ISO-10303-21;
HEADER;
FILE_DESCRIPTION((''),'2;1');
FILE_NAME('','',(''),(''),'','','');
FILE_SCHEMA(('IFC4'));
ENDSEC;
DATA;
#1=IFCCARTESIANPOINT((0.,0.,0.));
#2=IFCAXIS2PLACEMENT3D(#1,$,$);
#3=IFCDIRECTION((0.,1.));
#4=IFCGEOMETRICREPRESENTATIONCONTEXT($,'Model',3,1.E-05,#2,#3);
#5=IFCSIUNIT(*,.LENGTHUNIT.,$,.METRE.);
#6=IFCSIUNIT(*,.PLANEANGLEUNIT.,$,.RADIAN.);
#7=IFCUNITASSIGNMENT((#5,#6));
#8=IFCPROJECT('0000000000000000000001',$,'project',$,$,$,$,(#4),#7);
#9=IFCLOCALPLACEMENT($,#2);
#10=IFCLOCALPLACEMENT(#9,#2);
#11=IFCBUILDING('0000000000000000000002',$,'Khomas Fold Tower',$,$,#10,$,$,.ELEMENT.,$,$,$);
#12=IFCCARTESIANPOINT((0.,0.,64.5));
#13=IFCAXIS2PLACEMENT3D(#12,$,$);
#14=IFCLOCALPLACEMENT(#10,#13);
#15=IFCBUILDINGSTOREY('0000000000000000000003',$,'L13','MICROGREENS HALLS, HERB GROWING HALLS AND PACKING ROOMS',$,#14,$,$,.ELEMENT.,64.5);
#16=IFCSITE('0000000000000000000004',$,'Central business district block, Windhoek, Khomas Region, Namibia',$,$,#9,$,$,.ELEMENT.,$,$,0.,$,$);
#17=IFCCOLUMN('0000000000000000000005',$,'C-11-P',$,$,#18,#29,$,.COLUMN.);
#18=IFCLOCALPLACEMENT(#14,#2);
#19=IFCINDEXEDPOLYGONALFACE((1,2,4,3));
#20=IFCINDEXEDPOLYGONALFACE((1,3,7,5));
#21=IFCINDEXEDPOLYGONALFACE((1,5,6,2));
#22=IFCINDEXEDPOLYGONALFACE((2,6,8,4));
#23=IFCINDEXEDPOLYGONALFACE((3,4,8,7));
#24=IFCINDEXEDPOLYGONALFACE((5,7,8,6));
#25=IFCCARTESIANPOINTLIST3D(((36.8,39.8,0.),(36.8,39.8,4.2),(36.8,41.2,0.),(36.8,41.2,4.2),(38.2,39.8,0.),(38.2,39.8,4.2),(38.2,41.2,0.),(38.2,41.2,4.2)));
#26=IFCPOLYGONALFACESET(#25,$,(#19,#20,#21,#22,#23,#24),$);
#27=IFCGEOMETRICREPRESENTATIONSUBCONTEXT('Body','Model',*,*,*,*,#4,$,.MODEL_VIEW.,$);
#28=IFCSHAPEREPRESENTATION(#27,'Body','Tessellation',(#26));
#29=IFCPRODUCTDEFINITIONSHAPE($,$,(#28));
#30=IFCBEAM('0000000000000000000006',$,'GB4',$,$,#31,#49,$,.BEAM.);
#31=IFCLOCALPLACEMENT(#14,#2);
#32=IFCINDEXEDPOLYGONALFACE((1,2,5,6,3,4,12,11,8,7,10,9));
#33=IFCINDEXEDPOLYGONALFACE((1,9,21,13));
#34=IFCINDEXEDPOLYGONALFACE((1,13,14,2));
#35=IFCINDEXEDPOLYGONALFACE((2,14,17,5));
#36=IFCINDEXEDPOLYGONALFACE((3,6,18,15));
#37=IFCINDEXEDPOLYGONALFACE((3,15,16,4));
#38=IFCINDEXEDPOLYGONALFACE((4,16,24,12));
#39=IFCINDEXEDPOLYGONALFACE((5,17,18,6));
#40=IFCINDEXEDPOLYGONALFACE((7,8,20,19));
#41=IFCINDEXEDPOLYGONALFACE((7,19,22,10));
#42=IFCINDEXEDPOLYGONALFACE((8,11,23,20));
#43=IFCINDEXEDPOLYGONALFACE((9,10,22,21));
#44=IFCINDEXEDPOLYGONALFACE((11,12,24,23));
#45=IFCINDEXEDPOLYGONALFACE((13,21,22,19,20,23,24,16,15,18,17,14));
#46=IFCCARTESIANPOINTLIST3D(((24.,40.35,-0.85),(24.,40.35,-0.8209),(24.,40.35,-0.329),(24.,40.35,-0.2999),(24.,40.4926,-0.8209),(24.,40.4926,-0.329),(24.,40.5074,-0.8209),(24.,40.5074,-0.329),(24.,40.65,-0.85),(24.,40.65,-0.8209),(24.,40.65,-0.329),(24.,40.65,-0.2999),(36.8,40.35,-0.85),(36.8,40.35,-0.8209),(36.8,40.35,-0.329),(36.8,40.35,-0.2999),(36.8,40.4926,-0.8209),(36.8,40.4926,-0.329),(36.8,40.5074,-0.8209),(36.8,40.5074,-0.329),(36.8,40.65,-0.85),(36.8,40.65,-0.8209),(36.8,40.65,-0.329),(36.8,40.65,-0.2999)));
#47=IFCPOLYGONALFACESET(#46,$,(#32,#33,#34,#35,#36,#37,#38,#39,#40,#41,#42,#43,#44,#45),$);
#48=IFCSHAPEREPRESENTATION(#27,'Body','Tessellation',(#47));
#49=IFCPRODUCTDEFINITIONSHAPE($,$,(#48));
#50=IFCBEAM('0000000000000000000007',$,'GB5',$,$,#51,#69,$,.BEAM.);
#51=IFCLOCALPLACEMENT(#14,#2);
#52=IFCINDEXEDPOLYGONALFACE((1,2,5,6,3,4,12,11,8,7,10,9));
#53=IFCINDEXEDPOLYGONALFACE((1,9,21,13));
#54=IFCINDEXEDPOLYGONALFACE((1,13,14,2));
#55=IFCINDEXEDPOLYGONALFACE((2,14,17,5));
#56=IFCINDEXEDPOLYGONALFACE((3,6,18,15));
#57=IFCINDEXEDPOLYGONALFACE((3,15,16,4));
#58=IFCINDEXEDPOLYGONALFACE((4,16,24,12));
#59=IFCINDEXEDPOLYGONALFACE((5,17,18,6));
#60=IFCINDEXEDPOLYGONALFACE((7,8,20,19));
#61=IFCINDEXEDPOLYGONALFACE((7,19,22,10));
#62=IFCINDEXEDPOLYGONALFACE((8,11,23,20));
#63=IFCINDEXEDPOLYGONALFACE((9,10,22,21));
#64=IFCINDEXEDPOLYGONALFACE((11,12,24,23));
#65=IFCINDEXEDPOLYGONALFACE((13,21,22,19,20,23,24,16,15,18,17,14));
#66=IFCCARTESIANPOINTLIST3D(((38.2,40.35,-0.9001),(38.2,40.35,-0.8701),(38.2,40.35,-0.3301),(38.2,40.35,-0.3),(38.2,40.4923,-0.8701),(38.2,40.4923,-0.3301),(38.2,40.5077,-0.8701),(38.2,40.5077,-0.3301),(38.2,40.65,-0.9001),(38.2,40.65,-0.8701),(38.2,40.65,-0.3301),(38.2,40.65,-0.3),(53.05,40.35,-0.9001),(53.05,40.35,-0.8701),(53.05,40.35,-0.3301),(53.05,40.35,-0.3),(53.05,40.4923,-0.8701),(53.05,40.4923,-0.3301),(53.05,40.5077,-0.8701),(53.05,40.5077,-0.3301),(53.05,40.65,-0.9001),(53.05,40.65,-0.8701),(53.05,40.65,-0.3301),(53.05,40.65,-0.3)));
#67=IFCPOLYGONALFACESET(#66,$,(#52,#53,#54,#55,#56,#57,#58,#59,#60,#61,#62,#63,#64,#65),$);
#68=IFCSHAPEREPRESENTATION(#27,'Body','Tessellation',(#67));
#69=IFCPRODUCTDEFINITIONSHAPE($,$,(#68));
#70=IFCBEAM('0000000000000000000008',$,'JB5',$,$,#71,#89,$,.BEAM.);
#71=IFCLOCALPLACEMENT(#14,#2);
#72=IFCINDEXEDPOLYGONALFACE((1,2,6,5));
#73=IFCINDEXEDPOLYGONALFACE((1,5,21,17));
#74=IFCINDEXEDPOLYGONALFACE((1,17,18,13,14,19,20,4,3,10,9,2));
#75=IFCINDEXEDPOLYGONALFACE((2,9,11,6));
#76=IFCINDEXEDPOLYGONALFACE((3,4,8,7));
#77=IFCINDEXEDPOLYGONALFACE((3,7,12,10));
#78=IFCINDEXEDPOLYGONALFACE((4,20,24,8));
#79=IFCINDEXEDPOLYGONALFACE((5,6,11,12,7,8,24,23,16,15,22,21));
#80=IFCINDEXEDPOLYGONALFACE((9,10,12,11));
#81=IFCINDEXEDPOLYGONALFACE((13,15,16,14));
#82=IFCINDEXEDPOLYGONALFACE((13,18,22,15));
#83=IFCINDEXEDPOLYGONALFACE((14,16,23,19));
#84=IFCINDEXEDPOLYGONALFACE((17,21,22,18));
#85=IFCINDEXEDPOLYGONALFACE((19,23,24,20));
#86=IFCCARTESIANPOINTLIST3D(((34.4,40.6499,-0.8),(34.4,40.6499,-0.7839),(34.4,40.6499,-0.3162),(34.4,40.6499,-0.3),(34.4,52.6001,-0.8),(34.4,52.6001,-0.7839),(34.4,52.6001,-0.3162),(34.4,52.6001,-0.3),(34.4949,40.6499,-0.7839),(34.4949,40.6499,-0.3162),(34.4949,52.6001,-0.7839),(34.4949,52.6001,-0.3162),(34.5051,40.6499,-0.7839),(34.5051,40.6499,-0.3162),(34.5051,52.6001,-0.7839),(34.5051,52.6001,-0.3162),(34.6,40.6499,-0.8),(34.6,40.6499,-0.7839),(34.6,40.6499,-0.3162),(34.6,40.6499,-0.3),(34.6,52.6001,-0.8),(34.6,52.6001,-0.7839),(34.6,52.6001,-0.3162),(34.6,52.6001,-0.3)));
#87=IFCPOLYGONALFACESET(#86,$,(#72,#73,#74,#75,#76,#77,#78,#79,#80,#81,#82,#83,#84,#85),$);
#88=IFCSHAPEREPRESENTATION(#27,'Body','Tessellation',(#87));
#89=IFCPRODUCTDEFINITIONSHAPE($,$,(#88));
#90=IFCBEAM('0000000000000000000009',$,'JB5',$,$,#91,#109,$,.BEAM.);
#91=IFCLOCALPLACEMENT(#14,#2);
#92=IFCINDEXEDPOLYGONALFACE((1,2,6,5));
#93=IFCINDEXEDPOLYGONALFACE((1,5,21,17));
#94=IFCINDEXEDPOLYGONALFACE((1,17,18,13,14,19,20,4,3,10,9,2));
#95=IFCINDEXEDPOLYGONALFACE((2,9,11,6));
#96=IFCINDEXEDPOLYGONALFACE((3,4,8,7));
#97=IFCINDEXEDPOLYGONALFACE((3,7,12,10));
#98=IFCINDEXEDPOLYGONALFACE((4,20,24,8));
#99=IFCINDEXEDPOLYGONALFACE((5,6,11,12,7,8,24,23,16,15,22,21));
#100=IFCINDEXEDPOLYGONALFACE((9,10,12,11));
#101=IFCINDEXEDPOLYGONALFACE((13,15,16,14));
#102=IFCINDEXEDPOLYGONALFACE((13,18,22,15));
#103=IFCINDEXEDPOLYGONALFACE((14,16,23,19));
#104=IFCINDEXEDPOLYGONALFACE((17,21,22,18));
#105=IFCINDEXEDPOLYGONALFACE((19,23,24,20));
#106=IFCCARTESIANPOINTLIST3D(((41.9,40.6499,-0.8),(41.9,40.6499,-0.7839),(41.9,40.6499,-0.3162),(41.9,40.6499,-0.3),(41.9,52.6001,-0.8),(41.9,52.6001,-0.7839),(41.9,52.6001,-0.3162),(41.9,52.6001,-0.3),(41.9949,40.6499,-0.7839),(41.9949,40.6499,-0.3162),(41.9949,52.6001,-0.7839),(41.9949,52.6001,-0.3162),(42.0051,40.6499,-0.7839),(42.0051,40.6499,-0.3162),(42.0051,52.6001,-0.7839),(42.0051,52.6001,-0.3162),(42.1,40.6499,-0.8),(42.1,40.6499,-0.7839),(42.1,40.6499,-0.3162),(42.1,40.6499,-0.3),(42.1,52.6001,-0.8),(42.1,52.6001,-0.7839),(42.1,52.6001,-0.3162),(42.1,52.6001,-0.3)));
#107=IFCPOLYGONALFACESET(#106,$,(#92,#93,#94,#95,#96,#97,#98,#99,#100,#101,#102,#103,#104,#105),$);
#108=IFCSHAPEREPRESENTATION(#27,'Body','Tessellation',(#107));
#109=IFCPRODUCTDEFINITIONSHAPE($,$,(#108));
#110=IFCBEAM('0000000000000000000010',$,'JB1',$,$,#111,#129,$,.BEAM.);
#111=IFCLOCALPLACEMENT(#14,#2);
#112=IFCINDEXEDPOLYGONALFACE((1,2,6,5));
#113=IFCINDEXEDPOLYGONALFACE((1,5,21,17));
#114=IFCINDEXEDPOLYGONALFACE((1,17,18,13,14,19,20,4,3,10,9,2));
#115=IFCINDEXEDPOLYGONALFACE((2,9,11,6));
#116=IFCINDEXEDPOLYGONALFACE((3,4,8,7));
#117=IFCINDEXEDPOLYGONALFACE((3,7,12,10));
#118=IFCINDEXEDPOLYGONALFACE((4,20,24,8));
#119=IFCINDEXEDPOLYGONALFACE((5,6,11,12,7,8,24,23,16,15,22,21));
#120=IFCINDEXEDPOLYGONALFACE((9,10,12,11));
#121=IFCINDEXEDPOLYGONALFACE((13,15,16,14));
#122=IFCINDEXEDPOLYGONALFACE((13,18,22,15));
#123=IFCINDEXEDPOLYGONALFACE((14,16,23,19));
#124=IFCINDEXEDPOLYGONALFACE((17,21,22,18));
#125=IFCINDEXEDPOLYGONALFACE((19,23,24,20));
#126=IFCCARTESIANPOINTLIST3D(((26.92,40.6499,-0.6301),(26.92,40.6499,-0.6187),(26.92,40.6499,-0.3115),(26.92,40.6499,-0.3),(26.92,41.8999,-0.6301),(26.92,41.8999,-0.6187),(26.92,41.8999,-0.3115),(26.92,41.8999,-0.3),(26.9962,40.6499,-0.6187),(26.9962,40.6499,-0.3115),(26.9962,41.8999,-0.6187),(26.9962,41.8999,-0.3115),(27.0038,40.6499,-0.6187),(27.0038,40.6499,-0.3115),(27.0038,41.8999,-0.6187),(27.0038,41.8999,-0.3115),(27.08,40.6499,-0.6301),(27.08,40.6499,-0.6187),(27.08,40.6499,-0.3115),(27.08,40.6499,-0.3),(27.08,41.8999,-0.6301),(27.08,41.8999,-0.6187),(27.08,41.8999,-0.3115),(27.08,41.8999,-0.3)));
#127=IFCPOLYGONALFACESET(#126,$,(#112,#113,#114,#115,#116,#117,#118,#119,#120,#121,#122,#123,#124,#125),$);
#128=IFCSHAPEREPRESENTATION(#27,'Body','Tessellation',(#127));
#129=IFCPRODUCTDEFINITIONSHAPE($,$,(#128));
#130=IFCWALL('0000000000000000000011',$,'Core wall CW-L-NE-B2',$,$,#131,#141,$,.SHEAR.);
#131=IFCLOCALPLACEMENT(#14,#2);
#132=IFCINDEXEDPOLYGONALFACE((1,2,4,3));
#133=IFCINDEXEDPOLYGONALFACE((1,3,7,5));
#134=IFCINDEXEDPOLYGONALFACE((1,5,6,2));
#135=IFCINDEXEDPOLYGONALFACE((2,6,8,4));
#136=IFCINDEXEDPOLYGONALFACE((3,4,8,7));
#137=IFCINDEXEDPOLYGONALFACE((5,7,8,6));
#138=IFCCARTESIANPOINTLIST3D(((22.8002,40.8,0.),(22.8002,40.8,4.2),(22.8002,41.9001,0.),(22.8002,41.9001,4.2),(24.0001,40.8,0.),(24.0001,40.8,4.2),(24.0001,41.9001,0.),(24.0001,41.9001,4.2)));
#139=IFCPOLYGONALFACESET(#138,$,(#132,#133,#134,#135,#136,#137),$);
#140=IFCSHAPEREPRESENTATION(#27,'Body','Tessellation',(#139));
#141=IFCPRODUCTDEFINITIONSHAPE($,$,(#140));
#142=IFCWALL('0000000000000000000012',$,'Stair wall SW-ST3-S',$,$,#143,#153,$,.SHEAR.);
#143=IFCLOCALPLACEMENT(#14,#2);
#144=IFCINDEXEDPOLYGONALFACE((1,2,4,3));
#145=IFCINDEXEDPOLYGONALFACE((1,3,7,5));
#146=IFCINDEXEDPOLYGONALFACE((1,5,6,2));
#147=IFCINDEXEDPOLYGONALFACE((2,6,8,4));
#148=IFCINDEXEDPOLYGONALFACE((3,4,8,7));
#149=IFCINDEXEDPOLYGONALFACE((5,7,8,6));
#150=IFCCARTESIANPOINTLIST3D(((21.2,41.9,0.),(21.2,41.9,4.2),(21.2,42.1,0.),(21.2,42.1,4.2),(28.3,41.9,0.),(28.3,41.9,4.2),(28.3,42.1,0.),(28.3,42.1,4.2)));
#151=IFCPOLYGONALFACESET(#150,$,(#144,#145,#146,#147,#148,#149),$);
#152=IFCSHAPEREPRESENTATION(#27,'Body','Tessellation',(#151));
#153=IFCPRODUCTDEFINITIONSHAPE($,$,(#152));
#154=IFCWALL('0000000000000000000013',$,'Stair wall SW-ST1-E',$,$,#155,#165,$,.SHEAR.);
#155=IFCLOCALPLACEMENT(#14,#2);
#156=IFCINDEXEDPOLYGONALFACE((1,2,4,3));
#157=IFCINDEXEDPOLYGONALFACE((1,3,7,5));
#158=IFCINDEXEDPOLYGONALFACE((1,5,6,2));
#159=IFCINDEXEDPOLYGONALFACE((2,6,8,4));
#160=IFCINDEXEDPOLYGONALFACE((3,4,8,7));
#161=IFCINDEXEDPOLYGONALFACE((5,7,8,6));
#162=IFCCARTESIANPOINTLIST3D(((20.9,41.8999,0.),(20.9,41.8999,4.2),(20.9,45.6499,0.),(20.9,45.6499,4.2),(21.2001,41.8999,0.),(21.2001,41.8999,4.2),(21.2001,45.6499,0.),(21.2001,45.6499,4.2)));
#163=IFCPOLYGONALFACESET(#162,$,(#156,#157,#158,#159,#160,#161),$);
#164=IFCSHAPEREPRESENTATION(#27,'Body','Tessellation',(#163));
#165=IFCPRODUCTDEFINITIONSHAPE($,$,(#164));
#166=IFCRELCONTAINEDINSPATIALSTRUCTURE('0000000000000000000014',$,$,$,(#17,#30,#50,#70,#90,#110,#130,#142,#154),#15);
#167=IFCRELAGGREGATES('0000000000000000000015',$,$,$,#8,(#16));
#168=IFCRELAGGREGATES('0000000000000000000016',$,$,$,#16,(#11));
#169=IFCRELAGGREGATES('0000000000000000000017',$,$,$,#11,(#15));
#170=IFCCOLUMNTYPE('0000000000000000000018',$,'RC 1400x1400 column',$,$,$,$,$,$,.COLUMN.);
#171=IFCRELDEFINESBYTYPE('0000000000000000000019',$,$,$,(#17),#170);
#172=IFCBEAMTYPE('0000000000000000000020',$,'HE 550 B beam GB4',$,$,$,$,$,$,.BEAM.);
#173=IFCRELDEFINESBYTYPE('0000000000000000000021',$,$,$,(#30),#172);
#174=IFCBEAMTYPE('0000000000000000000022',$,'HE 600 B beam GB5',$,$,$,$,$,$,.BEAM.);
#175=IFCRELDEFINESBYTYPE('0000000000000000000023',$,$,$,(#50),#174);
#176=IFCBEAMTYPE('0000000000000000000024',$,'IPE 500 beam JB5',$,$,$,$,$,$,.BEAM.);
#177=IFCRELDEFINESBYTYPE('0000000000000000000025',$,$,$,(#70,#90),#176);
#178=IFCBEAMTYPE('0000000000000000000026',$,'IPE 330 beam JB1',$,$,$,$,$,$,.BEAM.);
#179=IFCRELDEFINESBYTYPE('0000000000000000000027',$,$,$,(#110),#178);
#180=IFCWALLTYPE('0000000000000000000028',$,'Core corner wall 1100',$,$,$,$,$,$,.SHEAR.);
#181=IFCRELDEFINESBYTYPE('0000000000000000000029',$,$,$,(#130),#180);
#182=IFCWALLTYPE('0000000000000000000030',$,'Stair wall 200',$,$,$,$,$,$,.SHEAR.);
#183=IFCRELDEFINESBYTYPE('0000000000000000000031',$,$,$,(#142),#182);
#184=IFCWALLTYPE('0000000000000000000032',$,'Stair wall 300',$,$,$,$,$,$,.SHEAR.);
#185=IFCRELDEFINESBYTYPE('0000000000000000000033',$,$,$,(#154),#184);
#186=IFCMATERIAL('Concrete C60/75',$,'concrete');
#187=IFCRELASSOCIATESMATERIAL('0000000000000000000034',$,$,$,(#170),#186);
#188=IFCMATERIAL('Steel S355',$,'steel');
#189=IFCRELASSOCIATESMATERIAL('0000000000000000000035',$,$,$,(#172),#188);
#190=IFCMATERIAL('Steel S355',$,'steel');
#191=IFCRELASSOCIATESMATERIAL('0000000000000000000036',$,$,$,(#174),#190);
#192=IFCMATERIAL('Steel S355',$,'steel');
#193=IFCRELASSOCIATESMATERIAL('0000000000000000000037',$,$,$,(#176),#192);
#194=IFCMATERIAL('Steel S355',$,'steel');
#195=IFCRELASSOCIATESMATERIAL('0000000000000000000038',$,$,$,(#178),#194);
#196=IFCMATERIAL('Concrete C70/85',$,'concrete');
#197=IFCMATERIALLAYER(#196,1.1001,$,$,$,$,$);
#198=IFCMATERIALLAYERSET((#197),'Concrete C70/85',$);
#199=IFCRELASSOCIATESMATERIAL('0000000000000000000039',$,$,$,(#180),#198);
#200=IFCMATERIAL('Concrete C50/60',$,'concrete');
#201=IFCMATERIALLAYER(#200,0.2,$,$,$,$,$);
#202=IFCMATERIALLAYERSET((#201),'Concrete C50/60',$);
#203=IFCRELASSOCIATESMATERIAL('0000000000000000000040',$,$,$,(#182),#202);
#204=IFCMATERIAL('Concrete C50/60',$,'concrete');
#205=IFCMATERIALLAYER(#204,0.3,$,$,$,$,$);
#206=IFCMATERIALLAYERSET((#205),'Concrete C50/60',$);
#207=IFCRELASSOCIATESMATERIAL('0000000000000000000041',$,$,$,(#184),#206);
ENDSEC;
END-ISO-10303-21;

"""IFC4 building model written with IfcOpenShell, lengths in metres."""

from ifc_helpers import new_model, si_unit, direction, frame, frame_2d, origin, origin_2d, place, context, subcontext, project, spatial, rectangle, i_section, extrude, source, transform, mapped, material, layer, layer_set, material_profile, profile_set, type_object, element, save


model = new_model("IFC4")

# Units and contexts
model_context = context("Model", 3, precision=1e-05, world=origin(), true_north=direction((0.0, 1.0)))
body_context = subcontext(model_context, "Body", "Model", "MODEL_VIEW")
ifc_project = project(units=[si_unit("LENGTHUNIT", "METRE"), si_unit("PLANEANGLEUNIT", "RADIAN")], contexts=[model_context])

# Site, building, storey
site_placement = place(None, origin())
site = spatial("IfcSite", under=ifc_project, at=site_placement, Name="Central business district block, Windhoek, Khomas Region, Namibia", CompositionType="ELEMENT", RefElevation=0.0)
building_placement = place(site_placement, origin())
building = spatial("IfcBuilding", under=site, at=building_placement, Name="Khomas Fold Tower", CompositionType="ELEMENT")
storey_placement = place(building_placement, frame((0.0, 0.0, 64.5)))
storey = spatial("IfcBuildingStorey", under=building, at=storey_placement, Name="L13", Description="MICROGREENS HALLS, HERB GROWING HALLS AND PACKING ROOMS", CompositionType="ELEMENT", Elevation=64.5)

# Column
ifc_material_1 = material(Name="Concrete C60/75", Category="concrete")
ifc_material_profile_1 = material_profile(ifc_material_1, rectangle(XDim=1.3999, YDim=1.3999, at=origin_2d()), Name="RC 1400x1400")
ifc_profile_set_1 = profile_set([ifc_material_profile_1], Name="Concrete C60/75")
column_type = type_object("IfcColumnType", Name="RC 1400x1400 column", PredefinedType="COLUMN", material=ifc_profile_set_1)
shared_shape_1 = source(origin(), body_context, "Body", "SweptSolid", [
    extrude(rectangle(XDim=1.3999, YDim=1.3999, at=origin_2d()), origin(), (0.0, 0.0, 1.0), 4.2),
])
column_placement = place(storey_placement, frame((37.5, 40.5, 0.0), z_axis=(0.0, 0.0, 1.0), x_axis=(1.0, 0.0, 0.0)))
element("IfcColumn", 1, at=column_placement, inside=storey, type_object=column_type, Name="C-11-P", PredefinedType="COLUMN", context=body_context, shape_type="MappedRepresentation", body=[
    mapped(shared_shape_1, transform((0.0, 0.0, 0.0))),
])

# Beams
ifc_material_2 = material(Name="Steel S355", Category="steel")
ifc_material_profile_2 = material_profile(ifc_material_2, i_section(OverallWidth=0.3, OverallDepth=0.55, WebThickness=0.0149, FlangeThickness=0.0291, at=origin_2d()), Name="HE 550 B")
ifc_profile_set_2 = profile_set([ifc_material_profile_2], Name="Steel S355")
beam_type_1 = type_object("IfcBeamType", Name="HE 550 B beam GB4", PredefinedType="BEAM", material=ifc_profile_set_2)
shared_shape_2 = source(origin(), body_context, "Body", "SweptSolid", [
    extrude(i_section(OverallWidth=0.3, OverallDepth=0.55, WebThickness=0.0149, FlangeThickness=0.0291, at=origin_2d()), origin(), (0.0, 0.0, 1.0), 12.8),
])
beam_1_placement = place(storey_placement, frame((24.0, 40.5, -0.575), z_axis=(1.0, 0.0, 0.0), x_axis=(0.0, 1.0, 0.0)))
element("IfcBeam", 2, at=beam_1_placement, inside=storey, type_object=beam_type_1, Name="GB4", PredefinedType="BEAM", context=body_context, shape_type="MappedRepresentation", body=[
    mapped(shared_shape_2, transform((0.0, 0.0, 0.0))),
])
ifc_material_3 = material(Name="Steel S355", Category="steel")
ifc_material_profile_3 = material_profile(ifc_material_3, i_section(OverallWidth=0.3, OverallDepth=0.6001, WebThickness=0.0154, FlangeThickness=0.03, at=origin_2d()), Name="HE 600 B")
ifc_profile_set_3 = profile_set([ifc_material_profile_3], Name="Steel S355")
beam_type_2 = type_object("IfcBeamType", Name="HE 600 B beam GB5", PredefinedType="BEAM", material=ifc_profile_set_3)
shared_shape_3 = source(origin(), body_context, "Body", "SweptSolid", [
    extrude(i_section(OverallWidth=0.3, OverallDepth=0.6001, WebThickness=0.0154, FlangeThickness=0.03, at=origin_2d()), origin(), (0.0, 0.0, 1.0), 14.8501),
])
beam_2_placement = place(storey_placement, frame((38.2, 40.5, -0.6001), z_axis=(1.0, 0.0, 0.0), x_axis=(0.0, 1.0, 0.0)))
element("IfcBeam", 3, at=beam_2_placement, inside=storey, type_object=beam_type_2, Name="GB5", PredefinedType="BEAM", context=body_context, shape_type="MappedRepresentation", body=[
    mapped(shared_shape_3, transform((0.0, 0.0, 0.0))),
])
ifc_material_4 = material(Name="Steel S355", Category="steel")
ifc_material_profile_4 = material_profile(ifc_material_4, i_section(OverallWidth=0.2, OverallDepth=0.5, WebThickness=0.0103, FlangeThickness=0.0161, at=origin_2d()), Name="IPE 500")
ifc_profile_set_4 = profile_set([ifc_material_profile_4], Name="Steel S355")
beam_type_3 = type_object("IfcBeamType", Name="IPE 500 beam JB5", PredefinedType="BEAM", material=ifc_profile_set_4)
shared_shape_4 = source(origin(), body_context, "Body", "SweptSolid", [
    extrude(i_section(OverallWidth=0.2, OverallDepth=0.5, WebThickness=0.0103, FlangeThickness=0.0161, at=origin_2d()), origin(), (0.0, 0.0, 1.0), 11.9502),
])
for number, where, z_axis, x_axis, name in (
    (4, (34.5, 40.6499, -0.55), (0.0, 1.0, 0.0), (-1.0, 0.0, 0.0), "JB5"),
    (5, (42.0, 40.6499, -0.55), (0.0, 1.0, 0.0), (-1.0, 0.0, 0.0), "JB5"),
):
    element("IfcBeam", number, at=place(storey_placement, frame(where, z_axis=z_axis, x_axis=x_axis)), inside=storey, type_object=beam_type_3, Name=name, PredefinedType="BEAM", context=body_context, shape_type="MappedRepresentation", body=[
        mapped(shared_shape_4, transform((0.0, 0.0, 0.0))),
    ])
ifc_material_5 = material(Name="Steel S355", Category="steel")
ifc_material_profile_5 = material_profile(ifc_material_5, i_section(OverallWidth=0.1599, OverallDepth=0.3301, WebThickness=0.0076, FlangeThickness=0.0115, at=origin_2d()), Name="IPE 330")
ifc_profile_set_5 = profile_set([ifc_material_profile_5], Name="Steel S355")
beam_type_4 = type_object("IfcBeamType", Name="IPE 330 beam JB1", PredefinedType="BEAM", material=ifc_profile_set_5)
shared_shape_5 = source(origin(), body_context, "Body", "SweptSolid", [
    extrude(i_section(OverallWidth=0.1599, OverallDepth=0.3301, WebThickness=0.0076, FlangeThickness=0.0115, at=origin_2d()), origin(), (0.0, 0.0, 1.0), 1.25),
])
beam_3_placement = place(storey_placement, frame((27.0, 40.6499, -0.4651), z_axis=(0.0, 1.0, 0.0), x_axis=(-1.0, 0.0, 0.0)))
element("IfcBeam", 6, at=beam_3_placement, inside=storey, type_object=beam_type_4, Name="JB1", PredefinedType="BEAM", context=body_context, shape_type="MappedRepresentation", body=[
    mapped(shared_shape_5, transform((0.0, 0.0, 0.0))),
])

# Walls
ifc_material_6 = material(Name="Concrete C70/85", Category="concrete")
ifc_layer_1 = layer(ifc_material_6, 1.1001)
ifc_layer_set_1 = layer_set([ifc_layer_1], Name="Concrete C70/85")
wall_type_1 = type_object("IfcWallType", Name="Core corner wall 1100", PredefinedType="SHEAR", material=ifc_layer_set_1)
shared_shape_6 = source(origin(), body_context, "Body", "SweptSolid", [
    extrude(rectangle(XDim=1.2, YDim=1.1001, at=frame_2d((0.6001, 0.0))), origin(), (0.0, 0.0, 1.0), 4.2),
])
wall_1_placement = place(storey_placement, frame((22.8, 41.3501, 0.0), z_axis=(0.0, 0.0, 1.0), x_axis=(1.0, 0.0, 0.0)))
element("IfcWall", 7, at=wall_1_placement, inside=storey, type_object=wall_type_1, Name="Core wall CW-L-NE-B2", PredefinedType="SHEAR", context=body_context, shape_type="MappedRepresentation", body=[
    mapped(shared_shape_6, transform((0.0, 0.0, 0.0))),
])
ifc_material_7 = material(Name="Concrete C50/60", Category="concrete")
ifc_layer_2 = layer(ifc_material_7, 0.2)
ifc_layer_set_2 = layer_set([ifc_layer_2], Name="Concrete C50/60")
wall_type_2 = type_object("IfcWallType", Name="Stair wall 200", PredefinedType="SHEAR", material=ifc_layer_set_2)
shared_shape_7 = source(origin(), body_context, "Body", "SweptSolid", [
    extrude(rectangle(XDim=7.1001, YDim=0.2, at=frame_2d((3.55, 0.0))), origin(), (0.0, 0.0, 1.0), 4.2),
])
wall_2_placement = place(storey_placement, frame((21.2, 42.0, 0.0), z_axis=(0.0, 0.0, 1.0), x_axis=(1.0, 0.0, 0.0)))
element("IfcWall", 8, at=wall_2_placement, inside=storey, type_object=wall_type_2, Name="Stair wall SW-ST3-S", PredefinedType="SHEAR", context=body_context, shape_type="MappedRepresentation", body=[
    mapped(shared_shape_7, transform((0.0, 0.0, 0.0))),
])
ifc_material_8 = material(Name="Concrete C50/60", Category="concrete")
ifc_layer_3 = layer(ifc_material_8, 0.3)
ifc_layer_set_3 = layer_set([ifc_layer_3], Name="Concrete C50/60")
wall_type_3 = type_object("IfcWallType", Name="Stair wall 300", PredefinedType="SHEAR", material=ifc_layer_set_3)
shared_shape_8 = source(origin(), body_context, "Body", "SweptSolid", [
    extrude(rectangle(XDim=3.75, YDim=0.3, at=frame_2d((1.875, 0.0))), origin(), (0.0, 0.0, 1.0), 4.2),
])
wall_3_placement = place(storey_placement, frame((21.05, 41.8999, 0.0), z_axis=(0.0, 0.0, 1.0), x_axis=(0.0, 1.0, 0.0)))
element("IfcWall", 9, at=wall_3_placement, inside=storey, type_object=wall_type_3, Name="Stair wall SW-ST1-E", PredefinedType="SHEAR", context=body_context, shape_type="MappedRepresentation", body=[
    mapped(shared_shape_8, transform((0.0, 0.0, 0.0))),
])

save(model, "model.ifc")
